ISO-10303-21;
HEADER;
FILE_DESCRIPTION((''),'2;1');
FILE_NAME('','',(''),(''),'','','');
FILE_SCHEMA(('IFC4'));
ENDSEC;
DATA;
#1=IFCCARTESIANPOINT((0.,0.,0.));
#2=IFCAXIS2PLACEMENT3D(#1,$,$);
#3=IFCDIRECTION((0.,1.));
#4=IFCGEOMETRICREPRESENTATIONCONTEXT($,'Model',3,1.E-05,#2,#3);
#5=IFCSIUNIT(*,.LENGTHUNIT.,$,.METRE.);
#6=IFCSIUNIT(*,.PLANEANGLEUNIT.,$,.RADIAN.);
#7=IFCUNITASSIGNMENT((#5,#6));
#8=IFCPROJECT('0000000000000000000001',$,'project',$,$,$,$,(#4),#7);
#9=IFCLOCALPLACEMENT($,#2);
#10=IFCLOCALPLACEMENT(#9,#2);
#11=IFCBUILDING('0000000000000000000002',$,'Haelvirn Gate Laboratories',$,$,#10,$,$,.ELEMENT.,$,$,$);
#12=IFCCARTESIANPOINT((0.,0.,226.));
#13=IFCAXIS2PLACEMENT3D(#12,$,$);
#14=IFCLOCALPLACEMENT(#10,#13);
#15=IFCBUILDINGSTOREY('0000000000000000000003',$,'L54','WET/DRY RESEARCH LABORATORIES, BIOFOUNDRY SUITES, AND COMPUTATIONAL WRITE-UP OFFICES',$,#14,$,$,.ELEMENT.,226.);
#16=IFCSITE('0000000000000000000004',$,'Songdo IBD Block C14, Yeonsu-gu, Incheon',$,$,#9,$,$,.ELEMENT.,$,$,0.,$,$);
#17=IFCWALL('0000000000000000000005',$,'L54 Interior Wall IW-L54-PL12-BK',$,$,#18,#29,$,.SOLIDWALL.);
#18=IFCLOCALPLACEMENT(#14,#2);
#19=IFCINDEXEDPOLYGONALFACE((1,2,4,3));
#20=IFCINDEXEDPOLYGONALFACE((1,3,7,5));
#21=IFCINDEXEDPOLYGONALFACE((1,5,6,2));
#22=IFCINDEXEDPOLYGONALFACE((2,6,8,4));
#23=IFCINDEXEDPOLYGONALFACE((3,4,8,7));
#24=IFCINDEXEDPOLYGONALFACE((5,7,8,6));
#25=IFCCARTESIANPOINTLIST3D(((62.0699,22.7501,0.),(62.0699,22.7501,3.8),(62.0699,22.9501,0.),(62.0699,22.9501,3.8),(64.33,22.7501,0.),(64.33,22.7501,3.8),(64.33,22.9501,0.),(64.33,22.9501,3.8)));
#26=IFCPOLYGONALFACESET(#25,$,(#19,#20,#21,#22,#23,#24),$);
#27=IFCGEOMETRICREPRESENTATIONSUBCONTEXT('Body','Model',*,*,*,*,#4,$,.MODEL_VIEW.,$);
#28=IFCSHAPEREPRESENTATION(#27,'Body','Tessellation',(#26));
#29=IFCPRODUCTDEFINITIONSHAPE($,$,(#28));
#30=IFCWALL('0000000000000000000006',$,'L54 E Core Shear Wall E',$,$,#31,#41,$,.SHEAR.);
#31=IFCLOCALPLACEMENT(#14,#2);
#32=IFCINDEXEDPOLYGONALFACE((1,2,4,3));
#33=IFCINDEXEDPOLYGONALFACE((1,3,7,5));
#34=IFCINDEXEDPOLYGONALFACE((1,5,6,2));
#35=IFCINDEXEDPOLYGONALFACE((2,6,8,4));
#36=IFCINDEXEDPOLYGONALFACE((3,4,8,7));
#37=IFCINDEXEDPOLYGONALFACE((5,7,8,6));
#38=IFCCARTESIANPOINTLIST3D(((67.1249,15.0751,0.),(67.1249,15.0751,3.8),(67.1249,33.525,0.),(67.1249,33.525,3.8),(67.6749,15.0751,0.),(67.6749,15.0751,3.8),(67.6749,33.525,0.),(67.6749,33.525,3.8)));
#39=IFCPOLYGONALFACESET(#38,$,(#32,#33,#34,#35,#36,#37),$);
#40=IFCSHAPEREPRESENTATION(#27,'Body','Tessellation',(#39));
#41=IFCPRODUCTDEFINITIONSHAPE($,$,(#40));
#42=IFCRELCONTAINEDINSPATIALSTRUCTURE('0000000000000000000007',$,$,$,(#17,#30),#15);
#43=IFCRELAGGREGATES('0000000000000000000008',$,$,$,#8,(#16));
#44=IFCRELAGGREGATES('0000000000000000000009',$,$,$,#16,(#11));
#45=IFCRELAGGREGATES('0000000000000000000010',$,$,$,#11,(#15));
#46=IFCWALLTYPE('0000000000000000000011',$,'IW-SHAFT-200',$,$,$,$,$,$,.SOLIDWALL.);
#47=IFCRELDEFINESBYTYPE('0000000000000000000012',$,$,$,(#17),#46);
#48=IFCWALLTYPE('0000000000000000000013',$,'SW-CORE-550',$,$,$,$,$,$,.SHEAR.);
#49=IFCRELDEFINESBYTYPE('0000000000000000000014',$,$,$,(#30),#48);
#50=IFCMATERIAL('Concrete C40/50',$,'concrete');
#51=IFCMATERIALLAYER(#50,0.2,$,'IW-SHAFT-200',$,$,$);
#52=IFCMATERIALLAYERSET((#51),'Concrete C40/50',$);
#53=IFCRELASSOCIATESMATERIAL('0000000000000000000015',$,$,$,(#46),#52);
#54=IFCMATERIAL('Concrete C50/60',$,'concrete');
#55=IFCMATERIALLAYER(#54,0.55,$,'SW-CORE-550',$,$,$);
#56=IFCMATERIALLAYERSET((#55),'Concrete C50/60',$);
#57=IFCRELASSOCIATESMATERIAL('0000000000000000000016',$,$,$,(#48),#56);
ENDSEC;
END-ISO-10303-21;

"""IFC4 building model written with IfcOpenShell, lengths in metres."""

from ifc_helpers import new_model, si_unit, direction, frame, frame_2d, origin, place, context, subcontext, project, spatial, rectangle, extrude, material, layer, layer_set, type_object, element, save


model = new_model("IFC4")

# Units and contexts
model_context = context("Model", 3, precision=1e-05, world=origin(), true_north=direction((0.0, 1.0)))
body_context = subcontext(model_context, "Body", "Model", "MODEL_VIEW")
ifc_project = project(units=[si_unit("LENGTHUNIT", "METRE"), si_unit("PLANEANGLEUNIT", "RADIAN")], contexts=[model_context])

# Site, building, storey
site_placement = place(None, origin())
site = spatial("IfcSite", under=ifc_project, at=site_placement, Name="Songdo IBD Block C14, Yeonsu-gu, Incheon", CompositionType="ELEMENT", RefElevation=0.0)
building_placement = place(site_placement, origin())
building = spatial("IfcBuilding", under=site, at=building_placement, Name="Haelvirn Gate Laboratories", CompositionType="ELEMENT")
storey_placement = place(building_placement, frame((0.0, 0.0, 226.0)))
storey = spatial("IfcBuildingStorey", under=building, at=storey_placement, Name="L54", Description="WET/DRY RESEARCH LABORATORIES, BIOFOUNDRY SUITES, AND COMPUTATIONAL WRITE-UP OFFICES", CompositionType="ELEMENT", Elevation=226.0)

# Shared definitions
ifc_material_1 = material(Name="Concrete C50/60", Category="concrete")

# Shared definitions
ifc_material_2 = material(Name="Concrete C40/50", Category="concrete")

# Shared definitions
ifc_layer_1 = layer(ifc_material_2, 0.2, Name="IW-SHAFT-200")
ifc_layer_set_1 = layer_set([ifc_layer_1], Name="Concrete C40/50")
wall_type_1 = type_object("IfcWallType", Name="IW-SHAFT-200", PredefinedType="SOLIDWALL", material=ifc_layer_set_1)

# Walls
wall_1_placement = place(storey_placement, frame((62.0701, 22.8501, 0.0), z_axis=(0.0, 0.0, 1.0), x_axis=(1.0, 0.0, 0.0)))
element("IfcWall", 1, at=wall_1_placement, inside=storey, type_object=wall_type_1, Name="L54 Interior Wall IW-L54-PL12-BK", PredefinedType="SOLIDWALL", context=body_context, shape_type="SweptSolid", body=[
    extrude(rectangle(XDim=2.26, YDim=0.2, at=frame_2d((1.1299, 0.0))), origin(), (0.0, 0.0, 1.0), 3.8),
])
ifc_layer_2 = layer(ifc_material_1, 0.55, Name="SW-CORE-550")
ifc_layer_set_2 = layer_set([ifc_layer_2], Name="Concrete C50/60")
wall_type_2 = type_object("IfcWallType", Name="SW-CORE-550", PredefinedType="SHEAR", material=ifc_layer_set_2)
wall_2_placement = place(storey_placement, frame((67.3999, 15.075, 0.0), z_axis=(0.0, 0.0, 1.0), x_axis=(0.0, 1.0, 0.0)))
element("IfcWall", 2, at=wall_2_placement, inside=storey, type_object=wall_type_2, Name="L54 E Core Shear Wall E", PredefinedType="SHEAR", context=body_context, shape_type="SweptSolid", body=[
    extrude(rectangle(XDim=18.45, YDim=0.55, at=frame_2d((9.2251, 0.0))), origin(), (0.0, 0.0, 1.0), 3.8),
])

save(model, "model.ifc")
